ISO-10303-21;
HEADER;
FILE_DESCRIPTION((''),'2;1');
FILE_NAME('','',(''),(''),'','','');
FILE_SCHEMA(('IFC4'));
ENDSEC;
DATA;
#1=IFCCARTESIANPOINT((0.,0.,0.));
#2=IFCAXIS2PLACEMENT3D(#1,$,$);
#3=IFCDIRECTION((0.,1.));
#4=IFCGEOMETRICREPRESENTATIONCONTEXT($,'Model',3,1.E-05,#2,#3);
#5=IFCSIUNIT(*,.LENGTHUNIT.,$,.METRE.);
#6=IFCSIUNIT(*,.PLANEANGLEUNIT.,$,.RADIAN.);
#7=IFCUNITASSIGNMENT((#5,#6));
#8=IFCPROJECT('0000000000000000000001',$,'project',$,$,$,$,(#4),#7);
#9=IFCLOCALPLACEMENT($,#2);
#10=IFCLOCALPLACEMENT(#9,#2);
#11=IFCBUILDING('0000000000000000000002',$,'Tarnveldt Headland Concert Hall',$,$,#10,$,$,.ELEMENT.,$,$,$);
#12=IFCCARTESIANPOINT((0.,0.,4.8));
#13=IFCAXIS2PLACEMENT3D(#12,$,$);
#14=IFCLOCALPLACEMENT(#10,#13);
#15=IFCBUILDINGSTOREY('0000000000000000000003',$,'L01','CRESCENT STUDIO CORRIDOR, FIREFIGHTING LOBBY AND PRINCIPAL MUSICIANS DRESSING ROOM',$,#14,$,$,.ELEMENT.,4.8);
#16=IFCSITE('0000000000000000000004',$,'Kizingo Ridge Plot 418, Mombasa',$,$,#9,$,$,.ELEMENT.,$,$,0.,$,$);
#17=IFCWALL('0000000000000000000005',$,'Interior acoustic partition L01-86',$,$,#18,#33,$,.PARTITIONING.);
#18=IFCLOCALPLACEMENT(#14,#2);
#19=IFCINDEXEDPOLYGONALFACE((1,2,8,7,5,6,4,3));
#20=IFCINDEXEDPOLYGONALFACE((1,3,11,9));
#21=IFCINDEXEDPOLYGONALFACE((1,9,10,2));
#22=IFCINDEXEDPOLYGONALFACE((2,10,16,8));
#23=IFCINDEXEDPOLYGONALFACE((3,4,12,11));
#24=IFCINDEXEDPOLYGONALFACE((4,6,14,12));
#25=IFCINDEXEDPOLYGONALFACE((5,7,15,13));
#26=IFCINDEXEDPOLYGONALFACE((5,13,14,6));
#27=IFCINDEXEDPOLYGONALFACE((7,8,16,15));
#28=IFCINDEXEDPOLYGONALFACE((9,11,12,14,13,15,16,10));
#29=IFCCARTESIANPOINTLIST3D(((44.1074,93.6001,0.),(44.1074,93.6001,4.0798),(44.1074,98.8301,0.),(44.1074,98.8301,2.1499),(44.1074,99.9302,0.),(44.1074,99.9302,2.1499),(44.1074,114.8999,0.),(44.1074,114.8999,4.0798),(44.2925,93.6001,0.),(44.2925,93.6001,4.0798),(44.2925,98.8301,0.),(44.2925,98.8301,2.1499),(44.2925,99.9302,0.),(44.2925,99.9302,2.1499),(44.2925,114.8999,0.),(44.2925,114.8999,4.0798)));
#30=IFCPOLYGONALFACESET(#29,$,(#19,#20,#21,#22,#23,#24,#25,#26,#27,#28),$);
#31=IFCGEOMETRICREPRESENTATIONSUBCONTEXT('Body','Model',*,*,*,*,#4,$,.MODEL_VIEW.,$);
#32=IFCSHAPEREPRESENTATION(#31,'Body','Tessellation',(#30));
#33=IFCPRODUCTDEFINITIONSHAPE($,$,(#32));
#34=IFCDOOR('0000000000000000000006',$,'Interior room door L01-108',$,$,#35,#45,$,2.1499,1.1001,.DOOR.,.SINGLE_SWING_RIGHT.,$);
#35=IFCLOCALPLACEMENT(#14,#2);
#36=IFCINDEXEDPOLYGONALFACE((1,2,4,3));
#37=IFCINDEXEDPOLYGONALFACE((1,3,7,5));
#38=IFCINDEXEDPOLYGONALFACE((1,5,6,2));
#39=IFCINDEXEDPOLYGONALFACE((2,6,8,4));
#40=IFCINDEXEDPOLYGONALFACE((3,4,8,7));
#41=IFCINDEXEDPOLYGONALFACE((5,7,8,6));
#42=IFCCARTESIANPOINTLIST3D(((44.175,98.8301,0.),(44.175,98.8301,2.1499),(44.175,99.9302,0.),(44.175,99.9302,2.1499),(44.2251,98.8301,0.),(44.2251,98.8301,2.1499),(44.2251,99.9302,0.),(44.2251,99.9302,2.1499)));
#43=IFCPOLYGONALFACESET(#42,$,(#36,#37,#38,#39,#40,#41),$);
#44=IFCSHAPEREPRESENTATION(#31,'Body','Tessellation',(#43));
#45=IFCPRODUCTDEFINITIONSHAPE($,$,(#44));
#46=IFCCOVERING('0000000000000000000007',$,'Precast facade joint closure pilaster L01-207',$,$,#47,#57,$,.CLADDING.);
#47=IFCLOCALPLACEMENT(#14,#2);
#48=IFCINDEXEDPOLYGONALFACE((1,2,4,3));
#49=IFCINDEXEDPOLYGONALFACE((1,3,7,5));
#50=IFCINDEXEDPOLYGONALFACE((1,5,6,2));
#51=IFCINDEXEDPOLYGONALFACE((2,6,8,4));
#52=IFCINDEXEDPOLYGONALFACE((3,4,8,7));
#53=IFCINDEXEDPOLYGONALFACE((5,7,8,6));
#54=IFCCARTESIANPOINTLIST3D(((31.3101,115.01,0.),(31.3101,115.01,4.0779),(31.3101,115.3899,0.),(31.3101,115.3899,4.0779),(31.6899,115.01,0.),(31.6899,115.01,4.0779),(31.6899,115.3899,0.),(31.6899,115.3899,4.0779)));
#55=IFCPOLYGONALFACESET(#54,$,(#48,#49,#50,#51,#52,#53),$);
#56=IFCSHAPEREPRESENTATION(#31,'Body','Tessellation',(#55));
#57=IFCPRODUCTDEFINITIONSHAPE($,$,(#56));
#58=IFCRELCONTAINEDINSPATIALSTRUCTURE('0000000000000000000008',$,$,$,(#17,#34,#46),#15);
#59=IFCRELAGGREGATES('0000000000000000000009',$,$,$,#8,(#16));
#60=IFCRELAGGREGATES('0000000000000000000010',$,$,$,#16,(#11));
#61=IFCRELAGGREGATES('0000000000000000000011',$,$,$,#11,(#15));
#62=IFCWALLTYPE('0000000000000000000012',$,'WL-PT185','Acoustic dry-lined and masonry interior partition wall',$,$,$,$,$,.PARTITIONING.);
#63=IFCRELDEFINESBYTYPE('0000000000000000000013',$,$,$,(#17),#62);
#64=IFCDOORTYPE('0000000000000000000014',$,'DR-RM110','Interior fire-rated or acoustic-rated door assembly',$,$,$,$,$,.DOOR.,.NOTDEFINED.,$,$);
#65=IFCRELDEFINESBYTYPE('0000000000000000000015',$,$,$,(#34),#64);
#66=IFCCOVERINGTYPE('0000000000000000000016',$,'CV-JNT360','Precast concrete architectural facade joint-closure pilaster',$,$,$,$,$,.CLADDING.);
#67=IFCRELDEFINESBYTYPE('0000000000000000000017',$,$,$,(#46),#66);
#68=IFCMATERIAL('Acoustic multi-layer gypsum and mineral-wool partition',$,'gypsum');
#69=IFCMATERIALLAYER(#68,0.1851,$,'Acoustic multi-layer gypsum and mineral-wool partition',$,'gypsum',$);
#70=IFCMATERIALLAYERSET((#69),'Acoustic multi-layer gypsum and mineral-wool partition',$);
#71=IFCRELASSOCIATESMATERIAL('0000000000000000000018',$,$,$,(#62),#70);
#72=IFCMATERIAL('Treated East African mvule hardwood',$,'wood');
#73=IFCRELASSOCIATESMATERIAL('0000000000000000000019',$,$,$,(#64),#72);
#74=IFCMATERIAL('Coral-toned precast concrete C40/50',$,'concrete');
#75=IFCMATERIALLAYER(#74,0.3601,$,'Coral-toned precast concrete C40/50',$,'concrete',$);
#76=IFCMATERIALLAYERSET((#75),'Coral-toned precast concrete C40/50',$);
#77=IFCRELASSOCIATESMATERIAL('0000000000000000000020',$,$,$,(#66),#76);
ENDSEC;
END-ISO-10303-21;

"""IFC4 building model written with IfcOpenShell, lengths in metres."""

from ifc_helpers import new_model, si_unit, direction, frame, frame_2d, origin, origin_2d, place, context, subcontext, project, spatial, rectangle, extrude, material, layer, layer_set, type_object, element, fill, save


model = new_model("IFC4")

# Units and contexts
model_context = context("Model", 3, precision=1e-05, world=origin(), true_north=direction((0.0, 1.0)))
body_context = subcontext(model_context, "Body", "Model", "MODEL_VIEW")
ifc_project = project(units=[si_unit("LENGTHUNIT", "METRE"), si_unit("PLANEANGLEUNIT", "RADIAN")], contexts=[model_context])

# Site, building, storey
site_placement = place(None, origin())
site = spatial("IfcSite", under=ifc_project, at=site_placement, Name="Kizingo Ridge Plot 418, Mombasa", CompositionType="ELEMENT", RefElevation=0.0)
building_placement = place(site_placement, origin())
building = spatial("IfcBuilding", under=site, at=building_placement, Name="Tarnveldt Headland Concert Hall", CompositionType="ELEMENT")
storey_placement = place(building_placement, frame((0.0, 0.0, 4.8)))
storey = spatial("IfcBuildingStorey", under=building, at=storey_placement, Name="L01", Description="CRESCENT STUDIO CORRIDOR, FIREFIGHTING LOBBY AND PRINCIPAL MUSICIANS DRESSING ROOM", CompositionType="ELEMENT", Elevation=4.8)

# Shared definitions
ifc_material_1 = material(Name="Coral-toned precast concrete C40/50", Category="concrete")

# Wall, opening, door
ifc_material_2 = material(Name="Acoustic multi-layer gypsum and mineral-wool partition", Category="gypsum")
ifc_material_3 = material(Name="Treated East African mvule hardwood", Category="wood")
ifc_layer_1 = layer(ifc_material_2, 0.1851, Name="Acoustic multi-layer gypsum and mineral-wool partition", Category="gypsum")
ifc_layer_set_1 = layer_set([ifc_layer_1], Name="Acoustic multi-layer gypsum and mineral-wool partition")
wall_type_1 = type_object("IfcWallType", Name="WL-PT185", Description="Acoustic dry-lined and masonry interior partition wall", PredefinedType="PARTITIONING", material=ifc_layer_set_1)
wall_1_placement = place(storey_placement, frame((44.2, 93.6001, 0.0), z_axis=(0.0, 0.0, 1.0), x_axis=(0.0, 1.0, 0.0)))
wall_1 = element("IfcWall", 1, at=wall_1_placement, inside=storey, type_object=wall_type_1, Name="Interior acoustic partition L01-86", PredefinedType="PARTITIONING", context=body_context, shape_type="SweptSolid", body=[
    extrude(rectangle(XDim=21.2998, YDim=0.1851, at=frame_2d((10.6499, 0.0))), origin(), (0.0, 0.0, 1.0), 4.0798),
])
opening_1_placement = place(wall_1_placement, frame((5.23, 0.0, 0.0)))
opening_1 = element("IfcOpeningElement", 2, at=opening_1_placement, cuts=wall_1, PredefinedType="OPENING", context=body_context, shape_type="SweptSolid", body=[
    extrude(rectangle(XDim=1.1001, YDim=2.1499, at=frame_2d((0.55, 1.075))), frame((0.0, 0.1025, 0.0), z_axis=(0.0, -1.0, 0.0), x_axis=(1.0, 0.0, 0.0)), (0.0, 0.0, 1.0), 0.2051),
])
door_type_1 = type_object("IfcDoorType", Name="DR-RM110", Description="Interior fire-rated or acoustic-rated door assembly", OperationType="NOTDEFINED", PredefinedType="DOOR", material=ifc_material_3)
door_1_placement = place(opening_1_placement, origin())
door_1 = element("IfcDoor", 3, at=door_1_placement, inside=storey, type_object=door_type_1, Name="Interior room door L01-108", OperationType="SINGLE_SWING_RIGHT", OverallHeight=2.1499, OverallWidth=1.1001, PredefinedType="DOOR", context=body_context, shape_type="SweptSolid", body=[
    extrude(rectangle(XDim=1.1001, YDim=2.1499, at=frame_2d((0.55, 1.075))), frame((0.0, 0.0249, 0.0), z_axis=(0.0, -1.0, 0.0), x_axis=(1.0, 0.0, 0.0)), (0.0, 0.0, 1.0), 0.05),
])
fill(opening_1, door_1)

# Covering
ifc_layer_2 = layer(ifc_material_1, 0.3601, Name="Coral-toned precast concrete C40/50", Category="concrete")
ifc_layer_set_2 = layer_set([ifc_layer_2], Name="Coral-toned precast concrete C40/50")
covering_type = type_object("IfcCoveringType", Name="CV-JNT360", Description="Precast concrete architectural facade joint-closure pilaster", PredefinedType="CLADDING", material=ifc_layer_set_2)
covering_placement = place(storey_placement, frame((31.5, 115.2, 0.0), z_axis=(0.0, 0.0, 1.0), x_axis=(1.0, 0.0, 0.0)))
element("IfcCovering", 4, at=covering_placement, inside=storey, type_object=covering_type, Name="Precast facade joint closure pilaster L01-207", PredefinedType="CLADDING", context=body_context, shape_type="SweptSolid", body=[
    extrude(rectangle(XDim=0.3799, YDim=0.3799, at=origin_2d()), origin(), (0.0, 0.0, 1.0), 4.0779),
])

save(model, "model.ifc")
